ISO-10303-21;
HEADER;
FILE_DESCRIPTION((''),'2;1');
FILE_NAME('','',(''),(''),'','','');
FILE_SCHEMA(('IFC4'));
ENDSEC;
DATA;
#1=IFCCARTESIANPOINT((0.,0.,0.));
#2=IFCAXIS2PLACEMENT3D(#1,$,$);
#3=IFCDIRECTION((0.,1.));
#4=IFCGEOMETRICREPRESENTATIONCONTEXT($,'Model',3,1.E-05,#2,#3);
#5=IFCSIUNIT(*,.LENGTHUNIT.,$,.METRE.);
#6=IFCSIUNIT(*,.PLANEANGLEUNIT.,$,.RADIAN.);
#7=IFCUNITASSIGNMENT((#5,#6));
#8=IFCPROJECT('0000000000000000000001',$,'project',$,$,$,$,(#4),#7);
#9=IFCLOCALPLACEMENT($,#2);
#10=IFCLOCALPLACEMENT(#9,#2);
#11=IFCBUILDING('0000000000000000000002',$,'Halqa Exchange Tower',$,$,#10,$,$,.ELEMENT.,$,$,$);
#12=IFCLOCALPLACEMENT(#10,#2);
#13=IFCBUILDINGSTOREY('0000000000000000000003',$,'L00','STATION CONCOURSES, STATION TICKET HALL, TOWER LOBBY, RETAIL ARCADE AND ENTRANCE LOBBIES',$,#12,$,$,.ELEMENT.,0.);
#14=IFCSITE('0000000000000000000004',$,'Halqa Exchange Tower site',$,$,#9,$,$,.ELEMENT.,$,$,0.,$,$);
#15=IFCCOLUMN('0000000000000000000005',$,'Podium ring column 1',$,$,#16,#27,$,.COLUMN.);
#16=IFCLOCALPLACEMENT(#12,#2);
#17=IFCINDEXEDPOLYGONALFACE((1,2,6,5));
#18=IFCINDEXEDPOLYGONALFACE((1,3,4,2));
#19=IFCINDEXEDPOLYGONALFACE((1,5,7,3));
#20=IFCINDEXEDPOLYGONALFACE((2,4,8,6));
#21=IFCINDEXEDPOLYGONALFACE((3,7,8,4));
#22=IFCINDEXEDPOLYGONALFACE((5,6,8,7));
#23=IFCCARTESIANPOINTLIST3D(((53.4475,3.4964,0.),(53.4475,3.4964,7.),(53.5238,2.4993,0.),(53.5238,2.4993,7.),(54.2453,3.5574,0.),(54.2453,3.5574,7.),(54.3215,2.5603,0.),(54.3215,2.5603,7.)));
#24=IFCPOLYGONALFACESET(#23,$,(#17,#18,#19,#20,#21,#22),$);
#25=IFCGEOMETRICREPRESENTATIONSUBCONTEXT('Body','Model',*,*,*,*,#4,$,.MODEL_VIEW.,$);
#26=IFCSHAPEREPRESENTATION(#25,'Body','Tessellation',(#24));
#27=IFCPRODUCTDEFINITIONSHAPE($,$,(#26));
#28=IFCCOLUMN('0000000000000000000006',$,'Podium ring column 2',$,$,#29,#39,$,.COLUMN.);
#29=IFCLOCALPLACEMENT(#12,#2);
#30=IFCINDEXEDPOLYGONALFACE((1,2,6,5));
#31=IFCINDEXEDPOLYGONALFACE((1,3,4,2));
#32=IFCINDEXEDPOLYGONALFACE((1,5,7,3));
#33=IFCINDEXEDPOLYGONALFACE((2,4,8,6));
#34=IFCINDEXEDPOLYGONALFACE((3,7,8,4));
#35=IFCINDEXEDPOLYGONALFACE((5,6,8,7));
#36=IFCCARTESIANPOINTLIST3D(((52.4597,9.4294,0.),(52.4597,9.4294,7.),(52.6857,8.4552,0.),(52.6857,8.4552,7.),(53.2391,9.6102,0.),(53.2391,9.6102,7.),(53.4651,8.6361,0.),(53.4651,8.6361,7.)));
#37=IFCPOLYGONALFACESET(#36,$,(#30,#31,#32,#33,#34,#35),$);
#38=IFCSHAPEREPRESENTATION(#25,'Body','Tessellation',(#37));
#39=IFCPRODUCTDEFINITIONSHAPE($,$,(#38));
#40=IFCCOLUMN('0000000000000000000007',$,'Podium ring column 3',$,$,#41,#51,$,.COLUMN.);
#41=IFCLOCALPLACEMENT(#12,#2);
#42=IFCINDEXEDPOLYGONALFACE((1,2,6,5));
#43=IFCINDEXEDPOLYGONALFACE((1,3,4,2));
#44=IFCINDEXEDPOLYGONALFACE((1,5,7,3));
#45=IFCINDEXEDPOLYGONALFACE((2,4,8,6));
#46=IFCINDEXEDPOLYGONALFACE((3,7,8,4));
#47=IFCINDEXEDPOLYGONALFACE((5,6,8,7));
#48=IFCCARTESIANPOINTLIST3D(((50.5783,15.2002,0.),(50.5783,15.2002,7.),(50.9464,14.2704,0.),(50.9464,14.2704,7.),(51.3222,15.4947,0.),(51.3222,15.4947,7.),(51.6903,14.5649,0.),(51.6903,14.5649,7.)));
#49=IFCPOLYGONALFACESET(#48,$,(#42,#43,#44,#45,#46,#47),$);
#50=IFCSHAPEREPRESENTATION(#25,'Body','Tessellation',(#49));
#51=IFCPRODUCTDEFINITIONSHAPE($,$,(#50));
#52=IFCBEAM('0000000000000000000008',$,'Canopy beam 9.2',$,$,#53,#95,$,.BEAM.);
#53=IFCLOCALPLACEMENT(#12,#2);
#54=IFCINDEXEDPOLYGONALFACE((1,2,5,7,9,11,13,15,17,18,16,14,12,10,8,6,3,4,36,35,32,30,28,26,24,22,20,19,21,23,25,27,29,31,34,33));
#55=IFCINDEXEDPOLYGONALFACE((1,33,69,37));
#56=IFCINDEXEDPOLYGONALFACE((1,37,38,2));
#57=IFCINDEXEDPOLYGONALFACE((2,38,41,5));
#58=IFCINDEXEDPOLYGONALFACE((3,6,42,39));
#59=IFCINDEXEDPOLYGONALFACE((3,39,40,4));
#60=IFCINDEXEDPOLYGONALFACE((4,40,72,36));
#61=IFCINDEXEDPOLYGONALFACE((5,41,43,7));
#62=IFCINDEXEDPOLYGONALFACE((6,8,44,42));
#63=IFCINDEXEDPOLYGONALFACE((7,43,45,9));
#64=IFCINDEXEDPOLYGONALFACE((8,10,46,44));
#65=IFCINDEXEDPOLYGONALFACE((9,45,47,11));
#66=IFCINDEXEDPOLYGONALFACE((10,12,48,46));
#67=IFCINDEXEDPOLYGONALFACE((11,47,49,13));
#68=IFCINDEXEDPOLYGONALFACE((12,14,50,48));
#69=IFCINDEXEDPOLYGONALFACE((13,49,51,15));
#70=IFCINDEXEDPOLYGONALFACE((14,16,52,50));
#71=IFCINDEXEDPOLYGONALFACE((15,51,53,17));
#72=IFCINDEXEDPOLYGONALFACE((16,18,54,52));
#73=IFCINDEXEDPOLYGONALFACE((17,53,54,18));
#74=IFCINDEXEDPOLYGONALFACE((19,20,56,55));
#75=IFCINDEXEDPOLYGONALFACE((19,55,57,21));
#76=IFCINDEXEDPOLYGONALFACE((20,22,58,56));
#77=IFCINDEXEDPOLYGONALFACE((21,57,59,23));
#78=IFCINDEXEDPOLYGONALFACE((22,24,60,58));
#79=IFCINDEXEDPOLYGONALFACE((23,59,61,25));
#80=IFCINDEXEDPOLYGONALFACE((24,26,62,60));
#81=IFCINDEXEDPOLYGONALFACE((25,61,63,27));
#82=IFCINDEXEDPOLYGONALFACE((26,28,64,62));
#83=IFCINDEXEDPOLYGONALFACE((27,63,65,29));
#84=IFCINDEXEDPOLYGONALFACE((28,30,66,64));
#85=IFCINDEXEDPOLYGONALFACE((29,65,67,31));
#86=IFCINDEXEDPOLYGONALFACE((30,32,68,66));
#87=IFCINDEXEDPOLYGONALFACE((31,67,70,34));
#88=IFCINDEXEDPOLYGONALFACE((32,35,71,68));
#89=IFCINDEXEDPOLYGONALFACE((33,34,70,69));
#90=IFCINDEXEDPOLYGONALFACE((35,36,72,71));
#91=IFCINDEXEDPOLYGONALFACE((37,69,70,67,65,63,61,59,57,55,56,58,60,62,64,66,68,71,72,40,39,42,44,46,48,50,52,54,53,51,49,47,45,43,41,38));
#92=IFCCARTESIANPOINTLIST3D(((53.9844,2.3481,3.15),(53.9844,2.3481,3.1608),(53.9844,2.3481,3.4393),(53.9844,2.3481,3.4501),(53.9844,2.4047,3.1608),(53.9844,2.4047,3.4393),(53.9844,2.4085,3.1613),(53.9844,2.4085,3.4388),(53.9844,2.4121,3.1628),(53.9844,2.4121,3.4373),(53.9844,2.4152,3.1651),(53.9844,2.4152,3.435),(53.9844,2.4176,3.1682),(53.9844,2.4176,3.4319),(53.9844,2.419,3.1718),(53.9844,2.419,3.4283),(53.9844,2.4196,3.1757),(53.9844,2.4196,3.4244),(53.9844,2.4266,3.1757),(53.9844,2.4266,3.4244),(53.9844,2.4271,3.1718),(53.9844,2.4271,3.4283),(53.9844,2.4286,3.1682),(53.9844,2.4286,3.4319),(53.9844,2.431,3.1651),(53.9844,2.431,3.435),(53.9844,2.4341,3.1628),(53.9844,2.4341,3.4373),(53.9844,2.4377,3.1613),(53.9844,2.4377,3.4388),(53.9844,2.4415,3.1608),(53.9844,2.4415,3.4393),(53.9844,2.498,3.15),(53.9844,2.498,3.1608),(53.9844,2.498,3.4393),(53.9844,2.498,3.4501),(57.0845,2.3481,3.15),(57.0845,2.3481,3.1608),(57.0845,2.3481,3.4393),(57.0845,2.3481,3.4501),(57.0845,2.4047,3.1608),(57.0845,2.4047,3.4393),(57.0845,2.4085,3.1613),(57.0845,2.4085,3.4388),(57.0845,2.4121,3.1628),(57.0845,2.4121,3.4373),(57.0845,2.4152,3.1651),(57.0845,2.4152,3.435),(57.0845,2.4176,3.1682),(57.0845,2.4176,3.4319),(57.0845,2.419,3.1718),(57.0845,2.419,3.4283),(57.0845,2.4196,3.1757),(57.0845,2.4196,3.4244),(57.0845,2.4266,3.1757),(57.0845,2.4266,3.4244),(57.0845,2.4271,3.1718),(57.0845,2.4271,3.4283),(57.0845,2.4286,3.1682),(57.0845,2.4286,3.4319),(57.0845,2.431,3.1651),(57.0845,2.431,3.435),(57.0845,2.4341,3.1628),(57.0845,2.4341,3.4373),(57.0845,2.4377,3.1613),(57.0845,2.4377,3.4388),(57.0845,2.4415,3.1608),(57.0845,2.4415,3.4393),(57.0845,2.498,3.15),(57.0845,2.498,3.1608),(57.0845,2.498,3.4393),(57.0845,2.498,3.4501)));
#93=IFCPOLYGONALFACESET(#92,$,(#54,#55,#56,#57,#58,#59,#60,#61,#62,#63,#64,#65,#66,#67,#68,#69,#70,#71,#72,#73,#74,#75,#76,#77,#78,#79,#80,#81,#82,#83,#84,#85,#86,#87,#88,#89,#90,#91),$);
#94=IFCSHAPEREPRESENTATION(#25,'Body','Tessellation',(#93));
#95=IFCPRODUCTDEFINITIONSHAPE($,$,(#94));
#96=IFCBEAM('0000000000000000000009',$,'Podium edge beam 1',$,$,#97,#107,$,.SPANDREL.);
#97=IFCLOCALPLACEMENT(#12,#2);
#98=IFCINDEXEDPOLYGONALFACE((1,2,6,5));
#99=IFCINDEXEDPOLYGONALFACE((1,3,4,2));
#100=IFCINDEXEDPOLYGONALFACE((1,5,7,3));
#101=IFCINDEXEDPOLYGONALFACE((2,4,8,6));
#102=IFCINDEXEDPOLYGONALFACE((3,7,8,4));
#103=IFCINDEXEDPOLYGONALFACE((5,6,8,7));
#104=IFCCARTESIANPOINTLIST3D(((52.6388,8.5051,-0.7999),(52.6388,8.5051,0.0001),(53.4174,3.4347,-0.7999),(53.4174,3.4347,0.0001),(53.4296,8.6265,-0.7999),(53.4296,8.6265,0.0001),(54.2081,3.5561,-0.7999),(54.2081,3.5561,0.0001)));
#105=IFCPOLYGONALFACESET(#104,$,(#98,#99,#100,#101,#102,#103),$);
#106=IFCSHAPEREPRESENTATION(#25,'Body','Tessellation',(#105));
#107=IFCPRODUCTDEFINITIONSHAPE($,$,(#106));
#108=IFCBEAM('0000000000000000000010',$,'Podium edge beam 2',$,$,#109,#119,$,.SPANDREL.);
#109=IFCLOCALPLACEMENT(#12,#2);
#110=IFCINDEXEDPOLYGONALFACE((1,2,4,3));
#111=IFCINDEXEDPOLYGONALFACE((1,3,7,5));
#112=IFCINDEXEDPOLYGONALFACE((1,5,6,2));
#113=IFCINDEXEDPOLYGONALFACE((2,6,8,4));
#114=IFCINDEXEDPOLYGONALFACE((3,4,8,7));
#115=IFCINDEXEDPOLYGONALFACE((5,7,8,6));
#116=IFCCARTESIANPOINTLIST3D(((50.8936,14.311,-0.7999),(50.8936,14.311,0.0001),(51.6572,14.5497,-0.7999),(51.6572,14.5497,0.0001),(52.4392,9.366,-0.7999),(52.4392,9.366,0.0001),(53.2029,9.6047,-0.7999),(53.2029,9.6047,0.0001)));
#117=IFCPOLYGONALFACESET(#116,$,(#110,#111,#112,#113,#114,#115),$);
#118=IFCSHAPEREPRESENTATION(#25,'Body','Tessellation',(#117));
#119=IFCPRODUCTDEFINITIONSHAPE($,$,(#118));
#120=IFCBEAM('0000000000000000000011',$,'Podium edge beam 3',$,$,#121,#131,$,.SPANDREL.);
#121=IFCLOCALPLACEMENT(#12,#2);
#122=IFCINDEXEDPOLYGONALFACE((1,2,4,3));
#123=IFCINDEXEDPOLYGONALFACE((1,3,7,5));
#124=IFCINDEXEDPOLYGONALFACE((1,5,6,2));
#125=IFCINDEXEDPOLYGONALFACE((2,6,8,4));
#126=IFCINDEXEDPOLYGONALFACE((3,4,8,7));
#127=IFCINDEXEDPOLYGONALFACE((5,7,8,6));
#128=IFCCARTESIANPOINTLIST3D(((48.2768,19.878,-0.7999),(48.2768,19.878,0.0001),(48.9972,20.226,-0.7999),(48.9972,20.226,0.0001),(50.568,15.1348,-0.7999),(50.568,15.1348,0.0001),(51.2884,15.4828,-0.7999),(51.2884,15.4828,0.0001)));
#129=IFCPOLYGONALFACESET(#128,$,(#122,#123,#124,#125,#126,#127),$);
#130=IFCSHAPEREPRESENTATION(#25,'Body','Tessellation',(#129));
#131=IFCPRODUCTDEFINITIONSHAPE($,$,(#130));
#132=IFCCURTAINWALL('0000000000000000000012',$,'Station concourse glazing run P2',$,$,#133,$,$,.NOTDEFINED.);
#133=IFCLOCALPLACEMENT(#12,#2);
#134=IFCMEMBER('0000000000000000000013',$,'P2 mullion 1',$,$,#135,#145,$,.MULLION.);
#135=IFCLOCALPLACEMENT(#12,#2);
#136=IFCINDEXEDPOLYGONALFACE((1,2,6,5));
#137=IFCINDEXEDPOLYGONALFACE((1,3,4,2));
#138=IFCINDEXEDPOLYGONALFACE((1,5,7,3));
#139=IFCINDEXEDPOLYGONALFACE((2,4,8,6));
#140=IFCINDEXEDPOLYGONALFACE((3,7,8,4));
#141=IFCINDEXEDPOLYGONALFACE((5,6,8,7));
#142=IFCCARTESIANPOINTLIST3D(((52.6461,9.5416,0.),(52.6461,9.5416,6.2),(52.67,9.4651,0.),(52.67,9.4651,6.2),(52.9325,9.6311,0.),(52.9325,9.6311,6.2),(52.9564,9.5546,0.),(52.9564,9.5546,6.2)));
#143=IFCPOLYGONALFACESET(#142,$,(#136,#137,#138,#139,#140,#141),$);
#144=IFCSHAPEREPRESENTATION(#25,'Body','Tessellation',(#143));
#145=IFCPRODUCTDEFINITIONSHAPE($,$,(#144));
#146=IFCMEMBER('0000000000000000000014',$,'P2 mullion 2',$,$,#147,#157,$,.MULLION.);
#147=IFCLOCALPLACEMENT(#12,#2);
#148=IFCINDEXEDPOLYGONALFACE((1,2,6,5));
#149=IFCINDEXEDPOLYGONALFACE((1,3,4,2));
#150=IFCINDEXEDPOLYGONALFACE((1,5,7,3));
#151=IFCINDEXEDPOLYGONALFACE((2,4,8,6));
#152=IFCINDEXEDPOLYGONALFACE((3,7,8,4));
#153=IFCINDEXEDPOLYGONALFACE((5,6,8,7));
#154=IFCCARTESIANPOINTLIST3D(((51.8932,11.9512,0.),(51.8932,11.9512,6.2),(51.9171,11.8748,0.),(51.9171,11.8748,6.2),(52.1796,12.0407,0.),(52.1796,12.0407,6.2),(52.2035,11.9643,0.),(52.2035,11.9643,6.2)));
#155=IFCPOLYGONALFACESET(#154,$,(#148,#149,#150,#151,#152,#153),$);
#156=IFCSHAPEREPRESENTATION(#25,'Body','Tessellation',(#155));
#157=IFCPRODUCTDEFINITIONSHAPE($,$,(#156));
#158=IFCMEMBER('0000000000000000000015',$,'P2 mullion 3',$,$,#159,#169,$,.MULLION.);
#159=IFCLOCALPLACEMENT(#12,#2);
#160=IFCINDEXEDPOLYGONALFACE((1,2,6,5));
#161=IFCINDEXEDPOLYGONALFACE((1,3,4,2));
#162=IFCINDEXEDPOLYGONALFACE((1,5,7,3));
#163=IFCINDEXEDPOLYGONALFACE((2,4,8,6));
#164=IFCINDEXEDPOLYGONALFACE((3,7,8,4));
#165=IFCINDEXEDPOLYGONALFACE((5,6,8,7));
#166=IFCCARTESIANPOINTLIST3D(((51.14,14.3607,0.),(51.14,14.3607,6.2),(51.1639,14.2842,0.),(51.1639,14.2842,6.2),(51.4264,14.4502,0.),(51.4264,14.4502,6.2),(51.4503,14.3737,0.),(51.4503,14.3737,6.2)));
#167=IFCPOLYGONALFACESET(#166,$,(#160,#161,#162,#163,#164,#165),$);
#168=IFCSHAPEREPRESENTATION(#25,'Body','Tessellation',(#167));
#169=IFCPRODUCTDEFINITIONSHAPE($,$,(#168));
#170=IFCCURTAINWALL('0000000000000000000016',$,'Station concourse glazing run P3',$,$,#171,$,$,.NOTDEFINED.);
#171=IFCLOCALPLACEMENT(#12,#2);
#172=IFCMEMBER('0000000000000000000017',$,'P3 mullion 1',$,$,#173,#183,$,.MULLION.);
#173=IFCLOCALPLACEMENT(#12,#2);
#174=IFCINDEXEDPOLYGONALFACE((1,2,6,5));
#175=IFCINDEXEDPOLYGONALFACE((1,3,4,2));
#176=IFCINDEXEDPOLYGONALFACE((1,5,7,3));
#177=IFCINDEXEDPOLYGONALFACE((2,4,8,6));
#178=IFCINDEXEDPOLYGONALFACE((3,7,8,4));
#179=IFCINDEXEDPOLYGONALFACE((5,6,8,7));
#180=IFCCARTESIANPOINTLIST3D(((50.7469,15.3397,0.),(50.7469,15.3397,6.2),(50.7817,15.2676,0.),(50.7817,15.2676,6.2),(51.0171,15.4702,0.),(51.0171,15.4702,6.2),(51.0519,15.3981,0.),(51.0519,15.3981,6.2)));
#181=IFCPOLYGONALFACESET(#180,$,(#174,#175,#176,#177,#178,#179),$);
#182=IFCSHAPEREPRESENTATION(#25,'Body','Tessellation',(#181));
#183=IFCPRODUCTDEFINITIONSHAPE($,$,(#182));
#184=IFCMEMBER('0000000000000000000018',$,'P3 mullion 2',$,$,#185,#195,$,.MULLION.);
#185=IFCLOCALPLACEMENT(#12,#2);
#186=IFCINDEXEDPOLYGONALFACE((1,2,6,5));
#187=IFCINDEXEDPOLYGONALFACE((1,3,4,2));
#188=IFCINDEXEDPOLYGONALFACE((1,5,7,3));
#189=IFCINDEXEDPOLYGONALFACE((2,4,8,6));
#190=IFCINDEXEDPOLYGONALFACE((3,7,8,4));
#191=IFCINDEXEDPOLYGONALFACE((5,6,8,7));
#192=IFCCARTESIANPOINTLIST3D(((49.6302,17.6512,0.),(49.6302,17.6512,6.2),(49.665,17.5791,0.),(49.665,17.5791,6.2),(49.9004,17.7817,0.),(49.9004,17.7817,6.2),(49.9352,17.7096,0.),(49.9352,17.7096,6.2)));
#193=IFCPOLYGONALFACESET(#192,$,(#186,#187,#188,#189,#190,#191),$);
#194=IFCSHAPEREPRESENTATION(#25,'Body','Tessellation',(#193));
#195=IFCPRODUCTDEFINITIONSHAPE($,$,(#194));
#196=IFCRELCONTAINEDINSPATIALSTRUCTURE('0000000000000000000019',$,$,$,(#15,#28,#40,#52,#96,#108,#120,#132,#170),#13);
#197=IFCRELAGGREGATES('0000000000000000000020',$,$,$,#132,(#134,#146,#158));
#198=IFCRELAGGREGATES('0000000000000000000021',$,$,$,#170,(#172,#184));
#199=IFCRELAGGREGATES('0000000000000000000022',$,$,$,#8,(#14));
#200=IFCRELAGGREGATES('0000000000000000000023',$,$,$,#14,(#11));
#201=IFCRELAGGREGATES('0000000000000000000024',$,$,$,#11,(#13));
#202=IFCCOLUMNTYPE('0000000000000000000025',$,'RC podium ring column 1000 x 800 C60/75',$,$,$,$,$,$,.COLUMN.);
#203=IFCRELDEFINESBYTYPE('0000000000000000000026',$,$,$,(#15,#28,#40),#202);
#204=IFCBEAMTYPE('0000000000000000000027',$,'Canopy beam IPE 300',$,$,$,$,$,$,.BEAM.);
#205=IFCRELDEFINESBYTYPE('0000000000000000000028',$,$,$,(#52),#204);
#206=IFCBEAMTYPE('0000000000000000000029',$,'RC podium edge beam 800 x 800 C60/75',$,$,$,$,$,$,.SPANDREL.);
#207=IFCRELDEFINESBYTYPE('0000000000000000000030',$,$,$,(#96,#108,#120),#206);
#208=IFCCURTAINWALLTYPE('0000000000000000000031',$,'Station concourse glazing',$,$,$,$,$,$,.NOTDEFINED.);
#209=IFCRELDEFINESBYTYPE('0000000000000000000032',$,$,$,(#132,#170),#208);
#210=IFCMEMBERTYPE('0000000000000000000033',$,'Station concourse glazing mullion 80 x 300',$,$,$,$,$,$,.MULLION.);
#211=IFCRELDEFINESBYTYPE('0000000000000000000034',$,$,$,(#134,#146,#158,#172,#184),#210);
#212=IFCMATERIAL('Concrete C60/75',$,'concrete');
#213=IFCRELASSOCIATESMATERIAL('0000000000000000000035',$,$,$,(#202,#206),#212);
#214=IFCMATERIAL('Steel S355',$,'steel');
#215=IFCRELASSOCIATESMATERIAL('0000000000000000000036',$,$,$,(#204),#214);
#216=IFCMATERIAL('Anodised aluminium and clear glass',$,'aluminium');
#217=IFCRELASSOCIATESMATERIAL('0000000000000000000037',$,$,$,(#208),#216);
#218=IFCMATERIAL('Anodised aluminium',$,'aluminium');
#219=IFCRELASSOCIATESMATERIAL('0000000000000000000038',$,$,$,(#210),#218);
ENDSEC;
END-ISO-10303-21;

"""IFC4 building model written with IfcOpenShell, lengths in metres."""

from ifc_helpers import new_model, si_unit, direction, frame, origin, origin_2d, place, context, subcontext, project, spatial, rectangle, i_section, extrude, material, material_profile, profile_set, type_object, element, aggregate, save


model = new_model("IFC4")

# Units and contexts
model_context = context("Model", 3, precision=1e-05, world=origin(), true_north=direction((0.0, 1.0)))
body_context = subcontext(model_context, "Body", "Model", "MODEL_VIEW")
ifc_project = project(units=[si_unit("LENGTHUNIT", "METRE"), si_unit("PLANEANGLEUNIT", "RADIAN")], contexts=[model_context])

# Site, building, storey
site_placement = place(None, origin())
site = spatial("IfcSite", under=ifc_project, at=site_placement, Name="Halqa Exchange Tower site", CompositionType="ELEMENT", RefElevation=0.0)
building_placement = place(site_placement, origin())
building = spatial("IfcBuilding", under=site, at=building_placement, Name="Halqa Exchange Tower", CompositionType="ELEMENT")
storey_placement = place(building_placement, origin())
storey = spatial("IfcBuildingStorey", under=building, at=storey_placement, Name="L00", Description="STATION CONCOURSES, STATION TICKET HALL, TOWER LOBBY, RETAIL ARCADE AND ENTRANCE LOBBIES", CompositionType="ELEMENT", Elevation=0.0)

# Columns
ifc_material_1 = material(Name="Concrete C60/75", Category="concrete")
ifc_material_profile_1 = material_profile(ifc_material_1, rectangle(XDim=1.0, YDim=0.8, at=origin_2d()), Name="1000 x 800")
ifc_profile_set_1 = profile_set([ifc_material_profile_1], Name="Concrete C60/75")
column_type = type_object("IfcColumnType", Name="RC podium ring column 1000 x 800 C60/75", PredefinedType="COLUMN", material=ifc_profile_set_1)
for number, where, z_axis, x_axis, name in (
    (1, (53.8845, 3.0283, 0.0), (0.0, 0.0, 1.0), (-0.076223, 0.997091, 0.0), "Podium ring column 1"),
    (2, (52.9624, 9.0327, 0.0), (0.0, 0.0, 1.0), (-0.225997, 0.974128, 0.0), "Podium ring column 2"),
    (3, (51.1343, 14.8826, 0.0), (0.0, 0.0, 1.0), (-0.36811, 0.929782, 0.0), "Podium ring column 3"),
):
    element("IfcColumn", number, at=place(storey_placement, frame(where, z_axis=z_axis, x_axis=x_axis)), inside=storey, type_object=column_type, Name=name, PredefinedType="COLUMN", context=body_context, shape_type="SweptSolid", body=[
        extrude(rectangle(XDim=1.0, YDim=0.8, at=origin_2d()), origin(), (0.0, 0.0, 1.0), 7.0),
    ])

# Beams
ifc_material_2 = material(Name="Steel S355", Category="steel")
ifc_material_profile_2 = material_profile(ifc_material_2, i_section(OverallWidth=0.1499, OverallDepth=0.3, WebThickness=0.0071, FlangeThickness=0.0107, FilletRadius=0.0149, at=origin_2d()), Name="IPE 300")
ifc_profile_set_2 = profile_set([ifc_material_profile_2], Name="Steel S355")
beam_type_1 = type_object("IfcBeamType", Name="Canopy beam IPE 300", PredefinedType="BEAM", material=ifc_profile_set_2)
beam_1_placement = place(storey_placement, frame((53.9844, 2.4231, 3.3), z_axis=(1.0, 0.0, 0.0), x_axis=(0.0, 1.0, 0.0)))
element("IfcBeam", 4, at=beam_1_placement, inside=storey, type_object=beam_type_1, Name="Canopy beam 9.2", PredefinedType="BEAM", context=body_context, shape_type="SweptSolid", body=[
    extrude(i_section(OverallWidth=0.1499, OverallDepth=0.3, WebThickness=0.0071, FlangeThickness=0.0107, FilletRadius=0.0149, at=origin_2d()), origin(), (0.0, 0.0, 1.0), 3.1001),
])
ifc_material_profile_3 = material_profile(ifc_material_1, rectangle(XDim=0.8, YDim=0.8, at=origin_2d()), Name="800 x 800")
ifc_profile_set_3 = profile_set([ifc_material_profile_3], Name="Concrete C60/75")
beam_type_2 = type_object("IfcBeamType", Name="RC podium edge beam 800 x 800 C60/75", PredefinedType="SPANDREL", material=ifc_profile_set_3)
beam_2_placement = place(storey_placement, frame((53.8127, 3.4954, -0.3999), z_axis=(-0.151768, 0.988416, 0.0), x_axis=(-0.988416, -0.151768, 0.0)))
element("IfcBeam", 5, at=beam_2_placement, inside=storey, type_object=beam_type_2, Name="Podium edge beam 1", PredefinedType="SPANDREL", context=body_context, shape_type="SweptSolid", body=[
    extrude(rectangle(XDim=0.8, YDim=0.8, at=origin_2d()), origin(), (0.0, 0.0, 1.0), 5.1299),
])
beam_3_placement = place(storey_placement, frame((52.821, 9.4854, -0.3999), z_axis=(-0.298331, 0.954462, 0.0), x_axis=(-0.954462, -0.298331, 0.0)))
element("IfcBeam", 6, at=beam_3_placement, inside=storey, type_object=beam_type_2, Name="Podium edge beam 2", PredefinedType="SPANDREL", context=body_context, shape_type="SweptSolid", body=[
    extrude(rectangle(XDim=0.8, YDim=0.8, at=origin_2d()), origin(), (0.0, 0.0, 1.0), 5.1809),
])
beam_4_placement = place(storey_placement, frame((50.9282, 15.3088, -0.3999), z_axis=(-0.434973, 0.900443, 0.0), x_axis=(-0.900443, -0.434973, 0.0)))
element("IfcBeam", 7, at=beam_4_placement, inside=storey, type_object=beam_type_2, Name="Podium edge beam 3", PredefinedType="SPANDREL", context=body_context, shape_type="SweptSolid", body=[
    extrude(rectangle(XDim=0.8, YDim=0.8, at=origin_2d()), origin(), (0.0, 0.0, 1.0), 5.2676),
])

# Curtain walls, members
ifc_material_3 = material(Name="Anodised aluminium and clear glass", Category="aluminium")
curtain_wall_type = type_object("IfcCurtainWallType", Name="Station concourse glazing", PredefinedType="NOTDEFINED", material=ifc_material_3)
curtain_wall_1_placement = place(storey_placement, origin())
curtain_wall_1 = element("IfcCurtainWall", 8, at=curtain_wall_1_placement, inside=storey, type_object=curtain_wall_type, Name="Station concourse glazing run P2", PredefinedType="NOTDEFINED")
ifc_material_4 = material(Name="Anodised aluminium", Category="aluminium")
ifc_material_profile_4 = material_profile(ifc_material_4, rectangle(XDim=0.3, YDim=0.0801, at=origin_2d()), Name="AL 80x300")
ifc_profile_set_4 = profile_set([ifc_material_profile_4], Name="Anodised aluminium")
member_type_1 = type_object("IfcMemberType", Name="Station concourse glazing mullion 80 x 300", PredefinedType="MULLION", material=ifc_profile_set_4)
member_1_placement = place(storey_placement, frame((52.8013, 9.5481, 0.0), z_axis=(0.0, 0.0, 1.0), x_axis=(-0.954471, -0.298303, 0.0)))
member_1 = element("IfcMember", 9, at=member_1_placement, type_object=member_type_1, Name="P2 mullion 1", PredefinedType="MULLION", context=body_context, shape_type="SweptSolid", body=[
    extrude(rectangle(XDim=0.3, YDim=0.0801, at=origin_2d()), origin(), (0.0, 0.0, 1.0), 6.2),
])
member_2_placement = place(storey_placement, frame((52.0483, 11.9578, 0.0), z_axis=(0.0, 0.0, 1.0), x_axis=(-0.954471, -0.298303, 0.0)))
member_2 = element("IfcMember", 10, at=member_2_placement, type_object=member_type_1, Name="P2 mullion 2", PredefinedType="MULLION", context=body_context, shape_type="SweptSolid", body=[
    extrude(rectangle(XDim=0.3, YDim=0.0801, at=origin_2d()), origin(), (0.0, 0.0, 1.0), 6.2),
])
member_3_placement = place(storey_placement, frame((51.2952, 14.3672, 0.0), z_axis=(0.0, 0.0, 1.0), x_axis=(-0.954471, -0.298303, 0.0)))
member_3 = element("IfcMember", 11, at=member_3_placement, type_object=member_type_1, Name="P2 mullion 3", PredefinedType="MULLION", context=body_context, shape_type="SweptSolid", body=[
    extrude(rectangle(XDim=0.3, YDim=0.0801, at=origin_2d()), origin(), (0.0, 0.0, 1.0), 6.2),
])
curtain_wall_2_placement = place(storey_placement, origin())
curtain_wall_2 = element("IfcCurtainWall", 12, at=curtain_wall_2_placement, inside=storey, type_object=curtain_wall_type, Name="Station concourse glazing run P3", PredefinedType="NOTDEFINED")
member_4_placement = place(storey_placement, frame((50.8994, 15.3689, 0.0), z_axis=(0.0, 0.0, 1.0), x_axis=(-0.900435, -0.43499, 0.0)))
member_4 = element("IfcMember", 13, at=member_4_placement, type_object=member_type_1, Name="P3 mullion 1", PredefinedType="MULLION", context=body_context, shape_type="SweptSolid", body=[
    extrude(rectangle(XDim=0.3, YDim=0.0801, at=origin_2d()), origin(), (0.0, 0.0, 1.0), 6.2),
])
member_5_placement = place(storey_placement, frame((49.7827, 17.6804, 0.0), z_axis=(0.0, 0.0, 1.0), x_axis=(-0.900435, -0.43499, 0.0)))
member_5 = element("IfcMember", 14, at=member_5_placement, type_object=member_type_1, Name="P3 mullion 2", PredefinedType="MULLION", context=body_context, shape_type="SweptSolid", body=[
    extrude(rectangle(XDim=0.3, YDim=0.0801, at=origin_2d()), origin(), (0.0, 0.0, 1.0), 6.2),
])

aggregate(curtain_wall_1, [member_1, member_2, member_3])
aggregate(curtain_wall_2, [member_4, member_5])

save(model, "model.ifc")
